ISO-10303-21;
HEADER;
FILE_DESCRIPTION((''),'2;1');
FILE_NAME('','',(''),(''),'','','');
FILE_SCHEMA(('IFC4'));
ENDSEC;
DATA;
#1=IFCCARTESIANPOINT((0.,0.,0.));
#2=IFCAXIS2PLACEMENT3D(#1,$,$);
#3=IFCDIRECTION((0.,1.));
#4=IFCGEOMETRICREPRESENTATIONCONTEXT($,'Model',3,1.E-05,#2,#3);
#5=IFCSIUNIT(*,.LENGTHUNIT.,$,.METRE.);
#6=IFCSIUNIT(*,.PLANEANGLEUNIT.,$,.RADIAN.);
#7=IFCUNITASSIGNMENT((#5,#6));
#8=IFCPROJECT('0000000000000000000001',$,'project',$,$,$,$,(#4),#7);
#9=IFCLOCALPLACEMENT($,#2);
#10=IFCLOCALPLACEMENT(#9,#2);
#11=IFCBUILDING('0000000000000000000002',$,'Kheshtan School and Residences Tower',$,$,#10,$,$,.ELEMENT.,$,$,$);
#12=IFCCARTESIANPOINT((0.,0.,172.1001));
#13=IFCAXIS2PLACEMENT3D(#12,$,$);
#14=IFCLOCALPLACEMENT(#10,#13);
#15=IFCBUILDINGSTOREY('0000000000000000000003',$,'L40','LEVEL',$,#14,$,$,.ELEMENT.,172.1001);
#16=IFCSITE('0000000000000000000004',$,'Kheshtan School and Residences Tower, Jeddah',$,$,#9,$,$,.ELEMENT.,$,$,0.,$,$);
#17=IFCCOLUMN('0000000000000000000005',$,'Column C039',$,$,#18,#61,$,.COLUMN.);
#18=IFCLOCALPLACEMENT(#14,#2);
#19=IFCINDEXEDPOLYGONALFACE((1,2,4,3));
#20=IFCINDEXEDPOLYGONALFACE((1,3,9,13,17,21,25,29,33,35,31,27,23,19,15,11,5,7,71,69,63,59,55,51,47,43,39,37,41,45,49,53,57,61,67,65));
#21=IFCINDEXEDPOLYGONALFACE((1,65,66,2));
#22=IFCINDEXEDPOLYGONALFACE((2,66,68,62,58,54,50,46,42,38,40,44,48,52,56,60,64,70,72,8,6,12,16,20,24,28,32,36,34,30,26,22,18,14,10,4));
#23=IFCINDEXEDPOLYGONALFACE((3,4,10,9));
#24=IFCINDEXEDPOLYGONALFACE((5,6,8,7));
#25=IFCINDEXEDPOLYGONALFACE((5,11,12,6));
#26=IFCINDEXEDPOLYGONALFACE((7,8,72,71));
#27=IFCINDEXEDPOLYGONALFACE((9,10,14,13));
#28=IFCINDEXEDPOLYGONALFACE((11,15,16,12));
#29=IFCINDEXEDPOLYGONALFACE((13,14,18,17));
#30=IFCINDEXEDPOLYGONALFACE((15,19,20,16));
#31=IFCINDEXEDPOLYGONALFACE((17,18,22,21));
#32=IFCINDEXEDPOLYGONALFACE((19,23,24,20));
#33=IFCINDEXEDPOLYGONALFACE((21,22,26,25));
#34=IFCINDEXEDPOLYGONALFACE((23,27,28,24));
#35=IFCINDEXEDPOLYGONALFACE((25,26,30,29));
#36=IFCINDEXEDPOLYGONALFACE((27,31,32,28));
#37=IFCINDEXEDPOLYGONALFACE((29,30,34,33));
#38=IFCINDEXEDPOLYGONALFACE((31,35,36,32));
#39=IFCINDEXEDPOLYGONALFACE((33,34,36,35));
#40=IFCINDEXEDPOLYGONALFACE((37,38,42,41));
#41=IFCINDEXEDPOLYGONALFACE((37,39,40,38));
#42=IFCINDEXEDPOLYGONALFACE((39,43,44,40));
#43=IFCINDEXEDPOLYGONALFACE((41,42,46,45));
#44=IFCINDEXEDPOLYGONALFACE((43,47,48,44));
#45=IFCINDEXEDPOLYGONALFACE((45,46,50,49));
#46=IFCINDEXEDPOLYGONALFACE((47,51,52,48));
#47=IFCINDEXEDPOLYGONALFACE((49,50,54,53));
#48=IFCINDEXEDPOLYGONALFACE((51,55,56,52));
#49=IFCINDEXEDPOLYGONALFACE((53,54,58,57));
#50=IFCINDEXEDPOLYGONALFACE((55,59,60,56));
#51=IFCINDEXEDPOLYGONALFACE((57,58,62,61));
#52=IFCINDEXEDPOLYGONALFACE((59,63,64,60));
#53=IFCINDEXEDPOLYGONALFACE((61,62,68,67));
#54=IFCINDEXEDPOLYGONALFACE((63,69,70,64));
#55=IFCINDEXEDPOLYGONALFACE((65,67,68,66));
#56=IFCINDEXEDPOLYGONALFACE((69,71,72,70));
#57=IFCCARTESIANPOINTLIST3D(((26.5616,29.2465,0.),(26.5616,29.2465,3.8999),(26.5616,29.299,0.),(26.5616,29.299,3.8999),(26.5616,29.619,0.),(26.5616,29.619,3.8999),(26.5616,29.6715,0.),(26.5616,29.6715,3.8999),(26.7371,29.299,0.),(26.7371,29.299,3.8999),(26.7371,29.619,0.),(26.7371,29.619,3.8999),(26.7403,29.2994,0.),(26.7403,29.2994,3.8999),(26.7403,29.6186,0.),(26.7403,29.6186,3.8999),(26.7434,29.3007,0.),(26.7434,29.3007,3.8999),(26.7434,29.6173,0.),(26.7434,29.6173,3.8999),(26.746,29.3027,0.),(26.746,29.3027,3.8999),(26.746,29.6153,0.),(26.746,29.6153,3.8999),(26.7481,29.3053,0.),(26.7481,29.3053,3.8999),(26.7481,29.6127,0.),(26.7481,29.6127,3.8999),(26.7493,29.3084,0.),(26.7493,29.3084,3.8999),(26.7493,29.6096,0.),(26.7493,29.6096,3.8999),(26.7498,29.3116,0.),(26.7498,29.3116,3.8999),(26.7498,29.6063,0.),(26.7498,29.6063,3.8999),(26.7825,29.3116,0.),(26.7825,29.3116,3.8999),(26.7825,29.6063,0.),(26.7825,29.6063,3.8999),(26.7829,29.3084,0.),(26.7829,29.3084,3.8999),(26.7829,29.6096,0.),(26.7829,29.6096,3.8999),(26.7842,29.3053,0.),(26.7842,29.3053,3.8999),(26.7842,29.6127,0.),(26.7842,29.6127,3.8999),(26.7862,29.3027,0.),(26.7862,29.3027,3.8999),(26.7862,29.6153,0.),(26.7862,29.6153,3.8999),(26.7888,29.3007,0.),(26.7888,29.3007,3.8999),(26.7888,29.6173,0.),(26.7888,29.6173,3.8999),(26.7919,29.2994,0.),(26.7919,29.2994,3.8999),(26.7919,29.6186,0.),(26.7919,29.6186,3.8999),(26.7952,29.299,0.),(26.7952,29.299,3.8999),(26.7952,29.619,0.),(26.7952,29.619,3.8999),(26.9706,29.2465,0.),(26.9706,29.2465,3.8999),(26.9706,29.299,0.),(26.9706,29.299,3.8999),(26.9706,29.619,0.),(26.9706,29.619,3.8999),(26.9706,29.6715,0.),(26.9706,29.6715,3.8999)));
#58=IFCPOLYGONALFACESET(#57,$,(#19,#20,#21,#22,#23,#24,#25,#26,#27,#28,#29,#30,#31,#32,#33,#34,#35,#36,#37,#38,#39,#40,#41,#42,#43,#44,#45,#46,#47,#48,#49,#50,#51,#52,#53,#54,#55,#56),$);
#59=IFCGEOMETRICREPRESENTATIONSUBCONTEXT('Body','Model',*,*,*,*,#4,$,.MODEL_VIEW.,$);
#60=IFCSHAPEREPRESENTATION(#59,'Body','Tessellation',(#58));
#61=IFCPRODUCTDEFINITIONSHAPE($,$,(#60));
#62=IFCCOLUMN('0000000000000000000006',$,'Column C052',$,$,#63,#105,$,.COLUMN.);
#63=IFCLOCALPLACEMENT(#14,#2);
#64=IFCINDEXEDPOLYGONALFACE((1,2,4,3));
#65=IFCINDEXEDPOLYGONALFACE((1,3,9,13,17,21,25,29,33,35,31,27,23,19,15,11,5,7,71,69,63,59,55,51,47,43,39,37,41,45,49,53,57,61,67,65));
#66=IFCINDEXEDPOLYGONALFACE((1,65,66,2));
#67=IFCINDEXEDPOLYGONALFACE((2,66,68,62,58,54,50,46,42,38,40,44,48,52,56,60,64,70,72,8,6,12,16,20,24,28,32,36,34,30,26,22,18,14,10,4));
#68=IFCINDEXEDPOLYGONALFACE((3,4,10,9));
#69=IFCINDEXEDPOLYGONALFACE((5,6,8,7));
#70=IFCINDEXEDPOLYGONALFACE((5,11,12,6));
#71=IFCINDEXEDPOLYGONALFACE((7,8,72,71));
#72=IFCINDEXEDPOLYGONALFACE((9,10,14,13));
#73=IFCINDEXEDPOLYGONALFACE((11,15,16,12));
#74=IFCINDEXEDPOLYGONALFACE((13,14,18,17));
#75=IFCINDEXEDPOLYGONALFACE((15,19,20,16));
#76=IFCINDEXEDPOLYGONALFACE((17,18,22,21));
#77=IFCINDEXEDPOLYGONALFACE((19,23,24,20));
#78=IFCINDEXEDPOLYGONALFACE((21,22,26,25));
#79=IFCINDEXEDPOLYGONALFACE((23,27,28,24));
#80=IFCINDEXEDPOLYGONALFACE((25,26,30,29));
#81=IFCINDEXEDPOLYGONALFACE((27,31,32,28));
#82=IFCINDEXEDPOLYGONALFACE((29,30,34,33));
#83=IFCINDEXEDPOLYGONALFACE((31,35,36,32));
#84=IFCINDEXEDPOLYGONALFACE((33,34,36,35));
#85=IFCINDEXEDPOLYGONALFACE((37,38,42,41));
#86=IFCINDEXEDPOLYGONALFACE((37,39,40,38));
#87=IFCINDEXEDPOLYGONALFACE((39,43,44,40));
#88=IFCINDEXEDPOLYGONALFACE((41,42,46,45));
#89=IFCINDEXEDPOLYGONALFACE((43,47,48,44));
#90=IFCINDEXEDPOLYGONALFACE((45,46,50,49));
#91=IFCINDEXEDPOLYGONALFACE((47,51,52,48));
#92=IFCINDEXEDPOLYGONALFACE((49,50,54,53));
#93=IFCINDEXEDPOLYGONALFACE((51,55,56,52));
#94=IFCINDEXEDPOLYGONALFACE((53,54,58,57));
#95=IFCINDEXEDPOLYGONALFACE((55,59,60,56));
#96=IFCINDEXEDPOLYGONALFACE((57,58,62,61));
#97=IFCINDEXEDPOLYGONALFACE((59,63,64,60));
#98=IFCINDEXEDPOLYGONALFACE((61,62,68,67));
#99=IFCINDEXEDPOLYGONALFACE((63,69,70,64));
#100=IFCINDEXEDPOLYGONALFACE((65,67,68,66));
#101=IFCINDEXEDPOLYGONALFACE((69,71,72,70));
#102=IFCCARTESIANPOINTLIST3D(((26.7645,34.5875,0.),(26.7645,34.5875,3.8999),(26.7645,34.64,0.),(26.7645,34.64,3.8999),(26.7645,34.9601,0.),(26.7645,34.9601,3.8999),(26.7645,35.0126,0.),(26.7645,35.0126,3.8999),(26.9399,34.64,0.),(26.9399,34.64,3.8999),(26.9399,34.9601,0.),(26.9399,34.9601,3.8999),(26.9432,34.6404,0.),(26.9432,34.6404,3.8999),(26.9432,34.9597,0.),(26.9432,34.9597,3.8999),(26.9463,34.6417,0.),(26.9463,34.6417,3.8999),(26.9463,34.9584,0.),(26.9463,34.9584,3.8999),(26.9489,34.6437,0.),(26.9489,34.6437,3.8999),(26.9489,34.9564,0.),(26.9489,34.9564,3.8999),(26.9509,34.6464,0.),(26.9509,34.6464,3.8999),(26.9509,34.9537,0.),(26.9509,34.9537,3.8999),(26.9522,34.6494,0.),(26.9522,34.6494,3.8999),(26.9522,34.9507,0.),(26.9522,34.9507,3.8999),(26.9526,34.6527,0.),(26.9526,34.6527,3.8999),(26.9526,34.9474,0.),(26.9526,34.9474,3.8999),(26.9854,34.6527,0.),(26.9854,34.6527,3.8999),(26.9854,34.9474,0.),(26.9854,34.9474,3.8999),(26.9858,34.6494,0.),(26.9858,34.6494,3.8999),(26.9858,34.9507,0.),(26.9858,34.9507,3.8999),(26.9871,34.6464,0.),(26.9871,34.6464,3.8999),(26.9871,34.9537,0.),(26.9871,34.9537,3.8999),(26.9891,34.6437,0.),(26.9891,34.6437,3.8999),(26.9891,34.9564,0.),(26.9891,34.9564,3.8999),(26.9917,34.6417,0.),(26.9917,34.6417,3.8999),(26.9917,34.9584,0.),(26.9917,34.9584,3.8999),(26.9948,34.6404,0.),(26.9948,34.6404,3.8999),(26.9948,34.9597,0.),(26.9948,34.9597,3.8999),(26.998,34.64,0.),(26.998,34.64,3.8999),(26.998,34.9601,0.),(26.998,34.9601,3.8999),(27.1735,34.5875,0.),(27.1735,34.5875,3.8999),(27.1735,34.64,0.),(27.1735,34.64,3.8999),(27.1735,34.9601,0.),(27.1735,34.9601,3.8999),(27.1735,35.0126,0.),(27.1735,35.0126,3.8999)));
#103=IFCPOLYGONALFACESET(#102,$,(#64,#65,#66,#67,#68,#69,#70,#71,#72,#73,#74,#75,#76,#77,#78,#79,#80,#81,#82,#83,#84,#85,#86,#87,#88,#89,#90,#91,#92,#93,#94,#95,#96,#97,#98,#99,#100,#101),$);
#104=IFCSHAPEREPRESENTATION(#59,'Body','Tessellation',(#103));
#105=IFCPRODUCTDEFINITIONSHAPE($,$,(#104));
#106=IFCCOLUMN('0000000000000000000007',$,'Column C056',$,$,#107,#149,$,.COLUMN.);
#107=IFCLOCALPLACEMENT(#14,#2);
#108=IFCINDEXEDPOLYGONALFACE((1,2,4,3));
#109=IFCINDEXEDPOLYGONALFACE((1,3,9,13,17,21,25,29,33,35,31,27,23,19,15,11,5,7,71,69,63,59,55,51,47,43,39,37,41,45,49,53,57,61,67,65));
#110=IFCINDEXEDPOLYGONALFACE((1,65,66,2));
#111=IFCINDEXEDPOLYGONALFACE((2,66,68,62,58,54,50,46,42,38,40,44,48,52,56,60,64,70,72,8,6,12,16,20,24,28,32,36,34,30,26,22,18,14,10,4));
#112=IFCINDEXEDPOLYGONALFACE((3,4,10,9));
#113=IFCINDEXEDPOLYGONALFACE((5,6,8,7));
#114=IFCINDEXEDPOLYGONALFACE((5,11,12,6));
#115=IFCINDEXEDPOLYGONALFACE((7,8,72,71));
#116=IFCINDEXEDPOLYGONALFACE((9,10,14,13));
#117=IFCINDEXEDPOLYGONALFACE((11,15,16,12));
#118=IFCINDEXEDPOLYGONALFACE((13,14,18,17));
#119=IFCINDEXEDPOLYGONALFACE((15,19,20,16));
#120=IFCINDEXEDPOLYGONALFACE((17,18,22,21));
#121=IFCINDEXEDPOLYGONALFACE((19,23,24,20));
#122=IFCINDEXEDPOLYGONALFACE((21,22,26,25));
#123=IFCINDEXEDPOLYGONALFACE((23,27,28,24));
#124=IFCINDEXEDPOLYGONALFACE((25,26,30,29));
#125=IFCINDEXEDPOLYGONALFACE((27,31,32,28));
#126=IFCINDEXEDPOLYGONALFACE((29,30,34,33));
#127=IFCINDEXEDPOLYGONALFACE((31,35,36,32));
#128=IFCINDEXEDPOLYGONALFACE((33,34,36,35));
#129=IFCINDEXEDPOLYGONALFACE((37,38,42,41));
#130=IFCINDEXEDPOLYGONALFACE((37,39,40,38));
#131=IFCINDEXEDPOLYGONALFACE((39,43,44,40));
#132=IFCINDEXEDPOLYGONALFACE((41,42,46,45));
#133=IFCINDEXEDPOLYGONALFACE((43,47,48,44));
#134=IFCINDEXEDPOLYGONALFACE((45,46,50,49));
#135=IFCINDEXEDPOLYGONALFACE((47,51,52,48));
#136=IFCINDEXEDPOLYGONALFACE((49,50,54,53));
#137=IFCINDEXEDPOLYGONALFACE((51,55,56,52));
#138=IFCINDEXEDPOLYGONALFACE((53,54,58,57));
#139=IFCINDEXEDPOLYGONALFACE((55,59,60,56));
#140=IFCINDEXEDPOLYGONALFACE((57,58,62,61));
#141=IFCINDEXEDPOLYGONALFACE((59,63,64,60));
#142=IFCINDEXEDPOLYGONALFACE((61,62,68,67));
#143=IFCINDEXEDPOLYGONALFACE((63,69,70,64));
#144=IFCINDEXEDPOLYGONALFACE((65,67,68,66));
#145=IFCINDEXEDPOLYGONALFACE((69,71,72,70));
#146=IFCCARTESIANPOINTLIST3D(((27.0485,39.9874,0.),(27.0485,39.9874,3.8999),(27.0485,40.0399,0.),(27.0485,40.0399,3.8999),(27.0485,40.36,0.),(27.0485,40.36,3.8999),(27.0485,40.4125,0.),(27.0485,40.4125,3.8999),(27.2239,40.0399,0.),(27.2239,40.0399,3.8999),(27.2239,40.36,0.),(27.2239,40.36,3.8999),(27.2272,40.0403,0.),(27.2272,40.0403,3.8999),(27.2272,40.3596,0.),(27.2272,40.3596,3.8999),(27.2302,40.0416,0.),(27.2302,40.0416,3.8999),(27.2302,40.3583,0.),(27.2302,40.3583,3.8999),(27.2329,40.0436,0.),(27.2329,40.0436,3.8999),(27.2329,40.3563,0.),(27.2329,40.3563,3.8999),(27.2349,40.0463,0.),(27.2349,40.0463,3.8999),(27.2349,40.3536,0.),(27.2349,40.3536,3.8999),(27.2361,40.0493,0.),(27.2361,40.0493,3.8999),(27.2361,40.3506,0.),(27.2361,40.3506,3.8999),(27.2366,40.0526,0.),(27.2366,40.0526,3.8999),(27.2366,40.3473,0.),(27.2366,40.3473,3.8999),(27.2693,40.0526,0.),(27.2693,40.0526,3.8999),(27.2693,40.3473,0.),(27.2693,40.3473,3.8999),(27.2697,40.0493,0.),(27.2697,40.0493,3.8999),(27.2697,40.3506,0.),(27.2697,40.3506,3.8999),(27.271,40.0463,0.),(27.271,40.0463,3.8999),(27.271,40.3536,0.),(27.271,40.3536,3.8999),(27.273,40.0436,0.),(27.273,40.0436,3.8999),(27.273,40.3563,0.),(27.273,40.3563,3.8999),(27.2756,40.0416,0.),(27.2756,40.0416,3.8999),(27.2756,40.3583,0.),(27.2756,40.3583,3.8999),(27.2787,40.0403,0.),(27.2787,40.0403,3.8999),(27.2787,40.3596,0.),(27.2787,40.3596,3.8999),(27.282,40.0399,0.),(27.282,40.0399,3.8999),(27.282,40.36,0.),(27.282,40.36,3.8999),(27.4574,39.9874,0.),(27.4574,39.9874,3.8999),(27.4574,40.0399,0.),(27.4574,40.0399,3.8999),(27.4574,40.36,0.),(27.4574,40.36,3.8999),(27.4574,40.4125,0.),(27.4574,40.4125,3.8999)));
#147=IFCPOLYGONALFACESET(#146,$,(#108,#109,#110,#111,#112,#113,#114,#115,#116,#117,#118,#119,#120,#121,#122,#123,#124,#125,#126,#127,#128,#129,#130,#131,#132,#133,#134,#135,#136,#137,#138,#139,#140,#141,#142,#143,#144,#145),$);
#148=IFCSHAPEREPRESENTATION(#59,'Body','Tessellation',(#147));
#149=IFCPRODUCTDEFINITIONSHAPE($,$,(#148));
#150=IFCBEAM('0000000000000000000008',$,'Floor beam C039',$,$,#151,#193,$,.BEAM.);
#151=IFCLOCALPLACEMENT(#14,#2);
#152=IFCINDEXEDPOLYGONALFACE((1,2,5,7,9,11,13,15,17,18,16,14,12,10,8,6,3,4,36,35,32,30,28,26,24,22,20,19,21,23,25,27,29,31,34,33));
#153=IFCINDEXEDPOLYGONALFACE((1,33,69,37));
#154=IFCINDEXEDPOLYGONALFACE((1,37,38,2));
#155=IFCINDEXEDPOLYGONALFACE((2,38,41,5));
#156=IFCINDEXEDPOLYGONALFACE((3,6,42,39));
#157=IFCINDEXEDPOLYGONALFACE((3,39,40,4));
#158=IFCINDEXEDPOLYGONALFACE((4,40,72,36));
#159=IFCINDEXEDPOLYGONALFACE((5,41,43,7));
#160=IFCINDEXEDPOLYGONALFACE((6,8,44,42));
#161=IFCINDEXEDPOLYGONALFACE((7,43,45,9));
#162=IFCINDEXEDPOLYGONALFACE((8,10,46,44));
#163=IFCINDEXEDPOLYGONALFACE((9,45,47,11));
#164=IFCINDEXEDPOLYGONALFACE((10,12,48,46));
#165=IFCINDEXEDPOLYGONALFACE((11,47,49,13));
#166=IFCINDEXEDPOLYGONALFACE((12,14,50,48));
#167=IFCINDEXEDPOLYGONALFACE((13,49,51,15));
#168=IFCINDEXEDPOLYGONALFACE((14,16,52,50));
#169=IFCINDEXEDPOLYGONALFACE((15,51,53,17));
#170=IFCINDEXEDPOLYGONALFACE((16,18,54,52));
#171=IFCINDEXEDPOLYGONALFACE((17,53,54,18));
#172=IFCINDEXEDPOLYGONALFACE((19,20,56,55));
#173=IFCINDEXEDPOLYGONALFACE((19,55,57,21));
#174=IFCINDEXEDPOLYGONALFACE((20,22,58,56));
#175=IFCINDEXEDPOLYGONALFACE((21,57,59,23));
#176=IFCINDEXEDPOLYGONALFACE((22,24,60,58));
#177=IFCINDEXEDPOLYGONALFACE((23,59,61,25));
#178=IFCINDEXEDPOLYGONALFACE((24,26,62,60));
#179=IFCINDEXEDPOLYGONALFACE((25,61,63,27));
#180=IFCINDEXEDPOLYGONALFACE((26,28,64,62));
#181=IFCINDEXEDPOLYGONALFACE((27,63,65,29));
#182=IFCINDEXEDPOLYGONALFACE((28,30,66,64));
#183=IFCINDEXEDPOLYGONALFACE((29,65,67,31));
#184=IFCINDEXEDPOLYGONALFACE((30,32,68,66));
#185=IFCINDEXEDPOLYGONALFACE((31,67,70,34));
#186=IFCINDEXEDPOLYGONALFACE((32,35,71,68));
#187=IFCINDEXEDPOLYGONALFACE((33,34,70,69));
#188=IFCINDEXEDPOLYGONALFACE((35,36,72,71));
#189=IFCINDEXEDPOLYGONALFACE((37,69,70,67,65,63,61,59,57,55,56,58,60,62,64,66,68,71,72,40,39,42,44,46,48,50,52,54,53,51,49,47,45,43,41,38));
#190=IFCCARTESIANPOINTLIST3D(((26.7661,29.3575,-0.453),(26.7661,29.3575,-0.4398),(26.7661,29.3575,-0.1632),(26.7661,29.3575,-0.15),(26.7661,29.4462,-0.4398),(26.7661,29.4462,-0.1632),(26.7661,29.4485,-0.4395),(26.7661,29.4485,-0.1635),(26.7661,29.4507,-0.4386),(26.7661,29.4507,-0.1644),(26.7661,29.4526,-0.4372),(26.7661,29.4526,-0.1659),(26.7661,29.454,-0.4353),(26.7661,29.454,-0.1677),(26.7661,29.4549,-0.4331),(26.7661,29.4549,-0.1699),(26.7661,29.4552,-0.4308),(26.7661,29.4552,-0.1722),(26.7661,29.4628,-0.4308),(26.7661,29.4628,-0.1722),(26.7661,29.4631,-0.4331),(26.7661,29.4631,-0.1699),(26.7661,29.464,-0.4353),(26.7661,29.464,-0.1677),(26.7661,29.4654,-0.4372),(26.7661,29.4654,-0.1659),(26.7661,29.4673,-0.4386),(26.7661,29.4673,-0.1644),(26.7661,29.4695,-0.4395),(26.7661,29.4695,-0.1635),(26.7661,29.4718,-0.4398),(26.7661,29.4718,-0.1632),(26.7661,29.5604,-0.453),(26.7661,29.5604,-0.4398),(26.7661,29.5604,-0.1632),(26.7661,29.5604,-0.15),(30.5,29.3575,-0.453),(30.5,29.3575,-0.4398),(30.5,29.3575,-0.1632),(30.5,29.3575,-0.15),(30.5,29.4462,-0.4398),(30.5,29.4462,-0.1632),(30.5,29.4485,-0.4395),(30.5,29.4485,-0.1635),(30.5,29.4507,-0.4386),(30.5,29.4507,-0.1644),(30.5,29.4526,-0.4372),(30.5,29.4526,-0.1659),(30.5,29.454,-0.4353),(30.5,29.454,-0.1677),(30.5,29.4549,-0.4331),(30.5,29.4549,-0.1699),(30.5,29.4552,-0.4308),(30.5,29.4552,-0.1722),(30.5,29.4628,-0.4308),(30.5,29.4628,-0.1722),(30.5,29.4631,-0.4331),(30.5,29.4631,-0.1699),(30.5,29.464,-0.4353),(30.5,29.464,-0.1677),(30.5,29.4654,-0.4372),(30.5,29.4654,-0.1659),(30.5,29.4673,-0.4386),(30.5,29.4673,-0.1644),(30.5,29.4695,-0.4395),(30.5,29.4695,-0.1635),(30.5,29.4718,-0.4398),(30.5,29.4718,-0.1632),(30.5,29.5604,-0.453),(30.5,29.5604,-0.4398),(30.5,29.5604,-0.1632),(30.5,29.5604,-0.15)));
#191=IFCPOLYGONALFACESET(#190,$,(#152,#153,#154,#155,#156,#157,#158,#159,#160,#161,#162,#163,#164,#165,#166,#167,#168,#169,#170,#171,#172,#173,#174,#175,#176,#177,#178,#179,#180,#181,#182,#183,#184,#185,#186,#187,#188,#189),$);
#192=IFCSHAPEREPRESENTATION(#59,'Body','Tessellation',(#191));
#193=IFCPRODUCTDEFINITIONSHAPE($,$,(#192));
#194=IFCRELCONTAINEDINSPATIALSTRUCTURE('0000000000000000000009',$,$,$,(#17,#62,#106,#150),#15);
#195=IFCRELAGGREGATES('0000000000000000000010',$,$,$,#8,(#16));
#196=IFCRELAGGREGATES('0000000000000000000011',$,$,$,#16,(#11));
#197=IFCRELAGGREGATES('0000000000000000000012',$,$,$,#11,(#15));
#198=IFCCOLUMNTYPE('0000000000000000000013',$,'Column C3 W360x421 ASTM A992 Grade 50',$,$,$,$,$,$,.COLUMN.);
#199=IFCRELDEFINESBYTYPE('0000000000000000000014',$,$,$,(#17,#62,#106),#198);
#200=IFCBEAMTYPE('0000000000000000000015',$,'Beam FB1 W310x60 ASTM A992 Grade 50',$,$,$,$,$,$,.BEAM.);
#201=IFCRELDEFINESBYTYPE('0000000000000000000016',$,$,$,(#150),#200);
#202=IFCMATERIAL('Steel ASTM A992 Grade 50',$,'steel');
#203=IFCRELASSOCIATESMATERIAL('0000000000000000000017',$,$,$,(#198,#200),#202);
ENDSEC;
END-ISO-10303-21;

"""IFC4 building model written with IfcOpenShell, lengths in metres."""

from ifc_helpers import new_model, si_unit, direction, frame, origin, origin_2d, place, context, subcontext, project, spatial, i_section, extrude, material, material_profile, profile_set, type_object, element, save


model = new_model("IFC4")

# Units and contexts
model_context = context("Model", 3, precision=1e-05, world=origin(), true_north=direction((0.0, 1.0)))
body_context = subcontext(model_context, "Body", "Model", "MODEL_VIEW")
ifc_project = project(units=[si_unit("LENGTHUNIT", "METRE"), si_unit("PLANEANGLEUNIT", "RADIAN")], contexts=[model_context])

# Site, building, storey
site_placement = place(None, origin())
site = spatial("IfcSite", under=ifc_project, at=site_placement, Name="Kheshtan School and Residences Tower, Jeddah", CompositionType="ELEMENT", RefElevation=0.0)
building_placement = place(site_placement, origin())
building = spatial("IfcBuilding", under=site, at=building_placement, Name="Kheshtan School and Residences Tower", CompositionType="ELEMENT")
storey_placement = place(building_placement, frame((0.0, 0.0, 172.1001)))
storey = spatial("IfcBuildingStorey", under=building, at=storey_placement, Name="L40", Description="LEVEL", CompositionType="ELEMENT", Elevation=172.1001)

# Columns
ifc_material_1 = material(Name="Steel ASTM A992 Grade 50", Category="steel")
ifc_material_profile_1 = material_profile(ifc_material_1, i_section(OverallWidth=0.4089, OverallDepth=0.425, WebThickness=0.0327, FlangeThickness=0.0525, FilletRadius=0.0127, at=origin_2d()), Name="W360x421")
ifc_profile_set_1 = profile_set([ifc_material_profile_1], Name="Steel ASTM A992 Grade 50")
column_type = type_object("IfcColumnType", Name="Column C3 W360x421 ASTM A992 Grade 50", PredefinedType="COLUMN", material=ifc_profile_set_1)
for number, where, z_axis, x_axis, name in (
    (1, (26.7661, 29.459, 0.0), (0.0, 0.0, 1.0), (1.0, 0.0, 0.0), "Column C039"),
    (2, (26.969, 34.8, 0.0), (0.0, 0.0, 1.0), (1.0, 0.0, 0.0), "Column C052"),
    (3, (27.2529, 40.2, 0.0), (0.0, 0.0, 1.0), (1.0, 0.0, 0.0), "Column C056"),
):
    element("IfcColumn", number, at=place(storey_placement, frame(where, z_axis=z_axis, x_axis=x_axis)), inside=storey, type_object=column_type, Name=name, PredefinedType="COLUMN", context=body_context, shape_type="SweptSolid", body=[
        extrude(i_section(OverallWidth=0.4089, OverallDepth=0.425, WebThickness=0.0327, FlangeThickness=0.0525, FilletRadius=0.0127, at=origin_2d()), origin(), (0.0, 0.0, 1.0), 3.8999),
    ])

# Beam
ifc_material_profile_2 = material_profile(ifc_material_1, i_section(OverallWidth=0.2029, OverallDepth=0.303, WebThickness=0.0076, FlangeThickness=0.0132, FilletRadius=0.009, at=origin_2d()), Name="W310x60")
ifc_profile_set_2 = profile_set([ifc_material_profile_2], Name="Steel ASTM A992 Grade 50")
beam_type_1 = type_object("IfcBeamType", Name="Beam FB1 W310x60 ASTM A992 Grade 50", PredefinedType="BEAM", material=ifc_profile_set_2)
beam_1_placement = place(storey_placement, frame((26.7661, 29.459, -0.3015), z_axis=(1.0, 0.0, 0.0), x_axis=(0.0, 1.0, 0.0)))
element("IfcBeam", 4, at=beam_1_placement, inside=storey, type_object=beam_type_1, Name="Floor beam C039", PredefinedType="BEAM", context=body_context, shape_type="SweptSolid", body=[
    extrude(i_section(OverallWidth=0.2029, OverallDepth=0.303, WebThickness=0.0076, FlangeThickness=0.0132, FilletRadius=0.009, at=origin_2d()), origin(), (0.0, 0.0, 1.0), 3.7339),
])

save(model, "model.ifc")
